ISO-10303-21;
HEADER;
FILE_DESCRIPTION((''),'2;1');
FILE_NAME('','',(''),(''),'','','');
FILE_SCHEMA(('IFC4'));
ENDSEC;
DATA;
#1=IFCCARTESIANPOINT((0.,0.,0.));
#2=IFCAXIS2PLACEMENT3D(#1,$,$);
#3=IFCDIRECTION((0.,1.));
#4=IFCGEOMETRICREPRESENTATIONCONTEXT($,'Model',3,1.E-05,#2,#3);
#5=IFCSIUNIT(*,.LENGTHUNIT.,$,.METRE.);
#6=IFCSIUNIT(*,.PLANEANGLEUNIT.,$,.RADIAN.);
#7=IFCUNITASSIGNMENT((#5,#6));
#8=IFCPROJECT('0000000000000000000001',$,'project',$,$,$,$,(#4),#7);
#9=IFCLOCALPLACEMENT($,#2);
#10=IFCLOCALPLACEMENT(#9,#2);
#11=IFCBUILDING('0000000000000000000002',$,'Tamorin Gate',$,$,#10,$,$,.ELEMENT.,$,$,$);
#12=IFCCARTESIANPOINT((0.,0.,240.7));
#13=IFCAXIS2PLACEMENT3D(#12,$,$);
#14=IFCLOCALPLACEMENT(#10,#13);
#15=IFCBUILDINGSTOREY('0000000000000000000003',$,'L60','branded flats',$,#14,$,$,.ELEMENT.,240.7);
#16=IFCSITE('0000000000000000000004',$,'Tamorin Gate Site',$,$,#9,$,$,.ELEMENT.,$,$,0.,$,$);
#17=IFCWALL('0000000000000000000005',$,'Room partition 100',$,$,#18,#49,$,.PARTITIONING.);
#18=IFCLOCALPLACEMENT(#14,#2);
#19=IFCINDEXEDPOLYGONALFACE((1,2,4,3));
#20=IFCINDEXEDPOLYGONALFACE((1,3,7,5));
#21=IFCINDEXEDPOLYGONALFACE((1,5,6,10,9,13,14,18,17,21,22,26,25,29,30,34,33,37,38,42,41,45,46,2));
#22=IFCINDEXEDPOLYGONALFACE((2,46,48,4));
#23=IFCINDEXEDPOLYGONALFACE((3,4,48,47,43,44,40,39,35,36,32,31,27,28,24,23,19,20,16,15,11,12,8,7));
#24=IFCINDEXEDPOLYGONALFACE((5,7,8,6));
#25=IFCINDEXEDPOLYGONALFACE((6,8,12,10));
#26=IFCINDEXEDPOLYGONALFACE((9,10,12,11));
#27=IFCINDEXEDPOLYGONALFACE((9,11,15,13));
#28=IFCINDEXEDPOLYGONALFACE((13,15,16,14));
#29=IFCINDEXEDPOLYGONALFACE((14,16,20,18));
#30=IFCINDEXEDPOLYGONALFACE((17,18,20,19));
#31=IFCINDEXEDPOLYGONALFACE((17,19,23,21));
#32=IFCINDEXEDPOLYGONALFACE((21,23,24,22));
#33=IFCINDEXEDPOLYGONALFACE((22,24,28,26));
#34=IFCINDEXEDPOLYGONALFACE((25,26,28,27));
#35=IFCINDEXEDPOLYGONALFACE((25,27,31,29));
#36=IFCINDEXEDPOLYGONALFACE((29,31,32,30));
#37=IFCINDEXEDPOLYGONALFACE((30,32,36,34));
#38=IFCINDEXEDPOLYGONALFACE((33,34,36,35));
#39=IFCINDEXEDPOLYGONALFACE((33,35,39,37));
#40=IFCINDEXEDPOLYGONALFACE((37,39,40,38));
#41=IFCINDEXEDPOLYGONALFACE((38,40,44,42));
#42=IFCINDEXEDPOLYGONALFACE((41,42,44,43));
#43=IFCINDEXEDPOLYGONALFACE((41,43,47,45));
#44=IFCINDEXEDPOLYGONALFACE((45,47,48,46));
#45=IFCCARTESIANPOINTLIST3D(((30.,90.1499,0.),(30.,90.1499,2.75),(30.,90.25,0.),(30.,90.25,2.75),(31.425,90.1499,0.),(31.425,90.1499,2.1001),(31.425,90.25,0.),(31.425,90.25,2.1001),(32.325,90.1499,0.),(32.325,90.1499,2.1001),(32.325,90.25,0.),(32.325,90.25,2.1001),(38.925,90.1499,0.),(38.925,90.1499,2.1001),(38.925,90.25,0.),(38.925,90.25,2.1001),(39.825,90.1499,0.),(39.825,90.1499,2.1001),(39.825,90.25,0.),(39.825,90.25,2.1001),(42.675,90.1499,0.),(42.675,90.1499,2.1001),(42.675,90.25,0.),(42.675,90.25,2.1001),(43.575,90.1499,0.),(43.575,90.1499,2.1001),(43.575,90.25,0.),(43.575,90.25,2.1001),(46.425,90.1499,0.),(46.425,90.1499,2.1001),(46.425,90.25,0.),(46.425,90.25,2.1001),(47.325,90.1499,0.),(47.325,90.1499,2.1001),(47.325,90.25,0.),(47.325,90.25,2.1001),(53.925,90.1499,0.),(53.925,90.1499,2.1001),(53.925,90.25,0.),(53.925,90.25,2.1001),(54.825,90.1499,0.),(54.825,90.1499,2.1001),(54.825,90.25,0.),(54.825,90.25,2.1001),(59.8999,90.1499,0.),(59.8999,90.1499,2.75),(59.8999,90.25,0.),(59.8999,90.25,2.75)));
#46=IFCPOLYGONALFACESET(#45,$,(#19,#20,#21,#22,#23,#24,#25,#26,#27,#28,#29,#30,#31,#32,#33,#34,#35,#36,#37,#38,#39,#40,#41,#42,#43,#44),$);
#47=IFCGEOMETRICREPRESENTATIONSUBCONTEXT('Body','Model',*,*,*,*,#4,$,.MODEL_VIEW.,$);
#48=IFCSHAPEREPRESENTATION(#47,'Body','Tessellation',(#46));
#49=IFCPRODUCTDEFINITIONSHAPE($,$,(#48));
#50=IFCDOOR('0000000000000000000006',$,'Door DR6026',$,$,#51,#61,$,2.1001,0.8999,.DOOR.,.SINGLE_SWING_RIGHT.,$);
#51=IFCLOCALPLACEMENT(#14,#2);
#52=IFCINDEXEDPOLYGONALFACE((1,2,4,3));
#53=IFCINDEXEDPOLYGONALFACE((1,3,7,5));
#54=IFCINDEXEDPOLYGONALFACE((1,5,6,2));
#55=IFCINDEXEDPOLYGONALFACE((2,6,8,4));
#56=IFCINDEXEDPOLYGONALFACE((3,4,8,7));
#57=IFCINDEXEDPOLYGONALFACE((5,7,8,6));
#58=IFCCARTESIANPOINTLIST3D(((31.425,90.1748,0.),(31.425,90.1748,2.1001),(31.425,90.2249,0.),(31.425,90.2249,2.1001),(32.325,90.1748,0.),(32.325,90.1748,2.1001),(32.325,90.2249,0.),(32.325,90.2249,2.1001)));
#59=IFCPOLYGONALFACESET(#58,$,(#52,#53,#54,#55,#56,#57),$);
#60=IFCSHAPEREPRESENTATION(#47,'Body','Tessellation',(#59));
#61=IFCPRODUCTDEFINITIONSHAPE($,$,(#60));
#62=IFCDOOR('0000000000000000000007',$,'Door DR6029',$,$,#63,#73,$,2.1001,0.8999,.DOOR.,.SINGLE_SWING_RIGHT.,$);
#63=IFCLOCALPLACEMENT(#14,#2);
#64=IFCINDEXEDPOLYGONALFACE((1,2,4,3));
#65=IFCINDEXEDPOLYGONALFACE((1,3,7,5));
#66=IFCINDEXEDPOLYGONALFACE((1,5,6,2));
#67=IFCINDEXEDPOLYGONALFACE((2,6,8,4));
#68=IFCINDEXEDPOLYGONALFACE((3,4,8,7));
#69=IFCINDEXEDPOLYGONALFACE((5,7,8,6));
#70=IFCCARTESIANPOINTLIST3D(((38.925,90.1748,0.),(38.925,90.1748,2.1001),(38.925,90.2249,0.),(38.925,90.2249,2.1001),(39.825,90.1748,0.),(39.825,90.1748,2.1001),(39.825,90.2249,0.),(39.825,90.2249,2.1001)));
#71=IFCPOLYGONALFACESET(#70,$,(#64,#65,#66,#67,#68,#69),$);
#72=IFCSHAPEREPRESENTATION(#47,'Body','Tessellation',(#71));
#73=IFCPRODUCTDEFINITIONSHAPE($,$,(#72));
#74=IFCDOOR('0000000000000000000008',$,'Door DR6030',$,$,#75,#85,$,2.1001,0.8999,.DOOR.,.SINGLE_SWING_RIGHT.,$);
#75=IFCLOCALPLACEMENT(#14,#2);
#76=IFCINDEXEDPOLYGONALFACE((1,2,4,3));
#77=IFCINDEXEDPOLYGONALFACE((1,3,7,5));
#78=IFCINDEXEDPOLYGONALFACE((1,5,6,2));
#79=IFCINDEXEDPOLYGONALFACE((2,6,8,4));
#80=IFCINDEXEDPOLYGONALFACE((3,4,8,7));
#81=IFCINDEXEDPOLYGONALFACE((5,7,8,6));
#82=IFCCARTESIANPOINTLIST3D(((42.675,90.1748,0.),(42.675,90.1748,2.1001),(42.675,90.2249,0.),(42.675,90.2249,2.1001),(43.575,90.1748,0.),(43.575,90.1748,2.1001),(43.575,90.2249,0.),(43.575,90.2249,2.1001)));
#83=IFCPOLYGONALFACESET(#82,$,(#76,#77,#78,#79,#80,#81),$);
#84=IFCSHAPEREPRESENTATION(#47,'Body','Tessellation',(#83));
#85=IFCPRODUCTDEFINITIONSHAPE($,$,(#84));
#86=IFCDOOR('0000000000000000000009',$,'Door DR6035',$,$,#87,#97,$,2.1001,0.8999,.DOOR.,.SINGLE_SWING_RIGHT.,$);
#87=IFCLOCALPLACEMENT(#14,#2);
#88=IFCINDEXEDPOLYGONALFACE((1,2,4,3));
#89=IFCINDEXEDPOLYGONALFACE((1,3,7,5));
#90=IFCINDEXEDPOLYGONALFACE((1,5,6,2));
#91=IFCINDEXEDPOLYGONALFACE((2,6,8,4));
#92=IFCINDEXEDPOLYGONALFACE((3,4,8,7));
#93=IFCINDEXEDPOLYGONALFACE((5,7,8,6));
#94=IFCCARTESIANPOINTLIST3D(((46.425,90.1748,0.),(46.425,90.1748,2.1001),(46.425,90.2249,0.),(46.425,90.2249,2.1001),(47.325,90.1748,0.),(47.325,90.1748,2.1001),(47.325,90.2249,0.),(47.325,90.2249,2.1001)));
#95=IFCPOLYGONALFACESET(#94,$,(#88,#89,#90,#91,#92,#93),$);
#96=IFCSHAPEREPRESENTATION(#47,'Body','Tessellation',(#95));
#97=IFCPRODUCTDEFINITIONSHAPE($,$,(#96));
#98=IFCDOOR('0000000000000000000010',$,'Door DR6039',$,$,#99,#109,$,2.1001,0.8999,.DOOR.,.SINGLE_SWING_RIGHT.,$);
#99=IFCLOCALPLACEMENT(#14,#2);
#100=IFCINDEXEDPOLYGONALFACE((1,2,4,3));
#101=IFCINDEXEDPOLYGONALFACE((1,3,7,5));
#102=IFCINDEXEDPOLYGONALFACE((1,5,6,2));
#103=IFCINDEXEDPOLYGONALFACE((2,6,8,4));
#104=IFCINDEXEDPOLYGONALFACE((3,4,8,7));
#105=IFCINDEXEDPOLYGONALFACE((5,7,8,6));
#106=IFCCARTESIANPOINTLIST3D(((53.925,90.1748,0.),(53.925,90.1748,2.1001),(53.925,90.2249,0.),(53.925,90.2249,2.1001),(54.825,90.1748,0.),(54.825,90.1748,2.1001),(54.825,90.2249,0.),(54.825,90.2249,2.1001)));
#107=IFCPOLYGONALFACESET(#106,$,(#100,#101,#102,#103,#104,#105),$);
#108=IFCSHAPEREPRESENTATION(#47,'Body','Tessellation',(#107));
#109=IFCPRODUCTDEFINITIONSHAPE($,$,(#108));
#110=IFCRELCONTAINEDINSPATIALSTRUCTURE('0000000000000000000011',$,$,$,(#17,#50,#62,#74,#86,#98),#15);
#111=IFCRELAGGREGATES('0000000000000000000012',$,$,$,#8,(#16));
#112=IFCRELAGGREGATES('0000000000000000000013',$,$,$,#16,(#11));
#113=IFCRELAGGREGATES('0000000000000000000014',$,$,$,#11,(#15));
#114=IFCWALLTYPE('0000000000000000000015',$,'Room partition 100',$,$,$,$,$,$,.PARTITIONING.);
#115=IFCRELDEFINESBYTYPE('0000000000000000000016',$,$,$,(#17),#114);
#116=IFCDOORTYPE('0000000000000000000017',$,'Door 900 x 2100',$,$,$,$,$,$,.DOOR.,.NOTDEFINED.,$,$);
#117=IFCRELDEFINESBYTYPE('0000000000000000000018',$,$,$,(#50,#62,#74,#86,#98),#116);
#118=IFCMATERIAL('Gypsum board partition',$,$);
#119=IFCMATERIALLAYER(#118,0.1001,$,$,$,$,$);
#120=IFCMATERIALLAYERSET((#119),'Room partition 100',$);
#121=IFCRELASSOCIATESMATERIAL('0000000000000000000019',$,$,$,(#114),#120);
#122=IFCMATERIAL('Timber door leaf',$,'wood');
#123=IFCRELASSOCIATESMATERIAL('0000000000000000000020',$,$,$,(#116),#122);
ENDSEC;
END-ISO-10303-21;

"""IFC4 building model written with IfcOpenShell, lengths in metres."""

from ifc_helpers import new_model, si_unit, direction, frame, frame_2d, origin, place, context, subcontext, project, spatial, rectangle, extrude, material, layer, layer_set, type_object, element, fill, save


model = new_model("IFC4")

# Units and contexts
model_context = context("Model", 3, precision=1e-05, world=origin(), true_north=direction((0.0, 1.0)))
body_context = subcontext(model_context, "Body", "Model", "MODEL_VIEW")
ifc_project = project(units=[si_unit("LENGTHUNIT", "METRE"), si_unit("PLANEANGLEUNIT", "RADIAN")], contexts=[model_context])

# Site, building, storey
site_placement = place(None, origin())
site = spatial("IfcSite", under=ifc_project, at=site_placement, Name="Tamorin Gate Site", CompositionType="ELEMENT", RefElevation=0.0)
building_placement = place(site_placement, origin())
building = spatial("IfcBuilding", under=site, at=building_placement, Name="Tamorin Gate", CompositionType="ELEMENT")
storey_placement = place(building_placement, frame((0.0, 0.0, 240.7)))
storey = spatial("IfcBuildingStorey", under=building, at=storey_placement, Name="L60", Description="branded flats", CompositionType="ELEMENT", Elevation=240.7)

# Wall, openings, doors
ifc_material_1 = material(Name="Gypsum board partition")
ifc_layer_1 = layer(ifc_material_1, 0.1001)
ifc_layer_set_1 = layer_set([ifc_layer_1], Name="Room partition 100")
wall_type_1 = type_object("IfcWallType", Name="Room partition 100", PredefinedType="PARTITIONING", material=ifc_layer_set_1)
wall_1_placement = place(storey_placement, frame((30.0, 90.2, 0.0), z_axis=(0.0, 0.0, 1.0), x_axis=(1.0, 0.0, 0.0)))
wall_1 = element("IfcWall", 1, at=wall_1_placement, inside=storey, type_object=wall_type_1, Name="Room partition 100", PredefinedType="PARTITIONING", context=body_context, shape_type="SweptSolid", body=[
    extrude(rectangle(XDim=29.8999, YDim=0.1001, at=frame_2d((14.95, 0.0))), origin(), (0.0, 0.0, 1.0), 2.75),
])
opening_1_placement = place(wall_1_placement, frame((1.425, 0.0, 0.0)))
opening_1 = element("IfcOpeningElement", 2, at=opening_1_placement, cuts=wall_1, PredefinedType="OPENING", context=body_context, shape_type="SweptSolid", body=[
    extrude(rectangle(XDim=0.8999, YDim=2.1001, at=frame_2d((0.45, 1.05))), frame((0.0, 0.0601, 0.0), z_axis=(0.0, -1.0, 0.0), x_axis=(1.0, 0.0, 0.0)), (0.0, 0.0, 1.0), 0.1201),
])
opening_2_placement = place(wall_1_placement, frame((8.925, 0.0, 0.0)))
opening_2 = element("IfcOpeningElement", 3, at=opening_2_placement, cuts=wall_1, PredefinedType="OPENING", context=body_context, shape_type="SweptSolid", body=[
    extrude(rectangle(XDim=0.8999, YDim=2.1001, at=frame_2d((0.45, 1.05))), frame((0.0, 0.0601, 0.0), z_axis=(0.0, -1.0, 0.0), x_axis=(1.0, 0.0, 0.0)), (0.0, 0.0, 1.0), 0.1201),
])
opening_3_placement = place(wall_1_placement, frame((12.675, 0.0, 0.0)))
opening_3 = element("IfcOpeningElement", 4, at=opening_3_placement, cuts=wall_1, PredefinedType="OPENING", context=body_context, shape_type="SweptSolid", body=[
    extrude(rectangle(XDim=0.8999, YDim=2.1001, at=frame_2d((0.45, 1.05))), frame((0.0, 0.0601, 0.0), z_axis=(0.0, -1.0, 0.0), x_axis=(1.0, 0.0, 0.0)), (0.0, 0.0, 1.0), 0.1201),
])
opening_4_placement = place(wall_1_placement, frame((16.425, 0.0, 0.0)))
opening_4 = element("IfcOpeningElement", 5, at=opening_4_placement, cuts=wall_1, PredefinedType="OPENING", context=body_context, shape_type="SweptSolid", body=[
    extrude(rectangle(XDim=0.8999, YDim=2.1001, at=frame_2d((0.45, 1.05))), frame((0.0, 0.0601, 0.0), z_axis=(0.0, -1.0, 0.0), x_axis=(1.0, 0.0, 0.0)), (0.0, 0.0, 1.0), 0.1201),
])
opening_5_placement = place(wall_1_placement, frame((23.925, 0.0, 0.0)))
opening_5 = element("IfcOpeningElement", 6, at=opening_5_placement, cuts=wall_1, PredefinedType="OPENING", context=body_context, shape_type="SweptSolid", body=[
    extrude(rectangle(XDim=0.8999, YDim=2.1001, at=frame_2d((0.45, 1.05))), frame((0.0, 0.0601, 0.0), z_axis=(0.0, -1.0, 0.0), x_axis=(1.0, 0.0, 0.0)), (0.0, 0.0, 1.0), 0.1201),
])
ifc_material_2 = material(Name="Timber door leaf", Category="wood")
door_type = type_object("IfcDoorType", Name="Door 900 x 2100", OperationType="NOTDEFINED", PredefinedType="DOOR", material=ifc_material_2)
door_1_placement = place(opening_1_placement, origin())
door_1 = element("IfcDoor", 7, at=door_1_placement, inside=storey, type_object=door_type, Name="Door DR6026", OperationType="SINGLE_SWING_RIGHT", OverallHeight=2.1001, OverallWidth=0.8999, PredefinedType="DOOR", context=body_context, shape_type="SweptSolid", body=[
    extrude(rectangle(XDim=0.8999, YDim=2.1001, at=frame_2d((0.45, 1.05))), frame((0.0, 0.0249, 0.0), z_axis=(0.0, -1.0, 0.0), x_axis=(1.0, 0.0, 0.0)), (0.0, 0.0, 1.0), 0.05),
])
fill(opening_1, door_1)
door_2_placement = place(opening_2_placement, origin())
door_2 = element("IfcDoor", 8, at=door_2_placement, inside=storey, type_object=door_type, Name="Door DR6029", OperationType="SINGLE_SWING_RIGHT", OverallHeight=2.1001, OverallWidth=0.8999, PredefinedType="DOOR", context=body_context, shape_type="SweptSolid", body=[
    extrude(rectangle(XDim=0.8999, YDim=2.1001, at=frame_2d((0.45, 1.05))), frame((0.0, 0.0249, 0.0), z_axis=(0.0, -1.0, 0.0), x_axis=(1.0, 0.0, 0.0)), (0.0, 0.0, 1.0), 0.05),
])
fill(opening_2, door_2)
door_3_placement = place(opening_3_placement, origin())
door_3 = element("IfcDoor", 9, at=door_3_placement, inside=storey, type_object=door_type, Name="Door DR6030", OperationType="SINGLE_SWING_RIGHT", OverallHeight=2.1001, OverallWidth=0.8999, PredefinedType="DOOR", context=body_context, shape_type="SweptSolid", body=[
    extrude(rectangle(XDim=0.8999, YDim=2.1001, at=frame_2d((0.45, 1.05))), frame((0.0, 0.0249, 0.0), z_axis=(0.0, -1.0, 0.0), x_axis=(1.0, 0.0, 0.0)), (0.0, 0.0, 1.0), 0.05),
])
fill(opening_3, door_3)
door_4_placement = place(opening_4_placement, origin())
door_4 = element("IfcDoor", 10, at=door_4_placement, inside=storey, type_object=door_type, Name="Door DR6035", OperationType="SINGLE_SWING_RIGHT", OverallHeight=2.1001, OverallWidth=0.8999, PredefinedType="DOOR", context=body_context, shape_type="SweptSolid", body=[
    extrude(rectangle(XDim=0.8999, YDim=2.1001, at=frame_2d((0.45, 1.05))), frame((0.0, 0.0249, 0.0), z_axis=(0.0, -1.0, 0.0), x_axis=(1.0, 0.0, 0.0)), (0.0, 0.0, 1.0), 0.05),
])
fill(opening_4, door_4)
door_5_placement = place(opening_5_placement, origin())
door_5 = element("IfcDoor", 11, at=door_5_placement, inside=storey, type_object=door_type, Name="Door DR6039", OperationType="SINGLE_SWING_RIGHT", OverallHeight=2.1001, OverallWidth=0.8999, PredefinedType="DOOR", context=body_context, shape_type="SweptSolid", body=[
    extrude(rectangle(XDim=0.8999, YDim=2.1001, at=frame_2d((0.45, 1.05))), frame((0.0, 0.0249, 0.0), z_axis=(0.0, -1.0, 0.0), x_axis=(1.0, 0.0, 0.0)), (0.0, 0.0, 1.0), 0.05),
])
fill(opening_5, door_5)

save(model, "model.ifc")
